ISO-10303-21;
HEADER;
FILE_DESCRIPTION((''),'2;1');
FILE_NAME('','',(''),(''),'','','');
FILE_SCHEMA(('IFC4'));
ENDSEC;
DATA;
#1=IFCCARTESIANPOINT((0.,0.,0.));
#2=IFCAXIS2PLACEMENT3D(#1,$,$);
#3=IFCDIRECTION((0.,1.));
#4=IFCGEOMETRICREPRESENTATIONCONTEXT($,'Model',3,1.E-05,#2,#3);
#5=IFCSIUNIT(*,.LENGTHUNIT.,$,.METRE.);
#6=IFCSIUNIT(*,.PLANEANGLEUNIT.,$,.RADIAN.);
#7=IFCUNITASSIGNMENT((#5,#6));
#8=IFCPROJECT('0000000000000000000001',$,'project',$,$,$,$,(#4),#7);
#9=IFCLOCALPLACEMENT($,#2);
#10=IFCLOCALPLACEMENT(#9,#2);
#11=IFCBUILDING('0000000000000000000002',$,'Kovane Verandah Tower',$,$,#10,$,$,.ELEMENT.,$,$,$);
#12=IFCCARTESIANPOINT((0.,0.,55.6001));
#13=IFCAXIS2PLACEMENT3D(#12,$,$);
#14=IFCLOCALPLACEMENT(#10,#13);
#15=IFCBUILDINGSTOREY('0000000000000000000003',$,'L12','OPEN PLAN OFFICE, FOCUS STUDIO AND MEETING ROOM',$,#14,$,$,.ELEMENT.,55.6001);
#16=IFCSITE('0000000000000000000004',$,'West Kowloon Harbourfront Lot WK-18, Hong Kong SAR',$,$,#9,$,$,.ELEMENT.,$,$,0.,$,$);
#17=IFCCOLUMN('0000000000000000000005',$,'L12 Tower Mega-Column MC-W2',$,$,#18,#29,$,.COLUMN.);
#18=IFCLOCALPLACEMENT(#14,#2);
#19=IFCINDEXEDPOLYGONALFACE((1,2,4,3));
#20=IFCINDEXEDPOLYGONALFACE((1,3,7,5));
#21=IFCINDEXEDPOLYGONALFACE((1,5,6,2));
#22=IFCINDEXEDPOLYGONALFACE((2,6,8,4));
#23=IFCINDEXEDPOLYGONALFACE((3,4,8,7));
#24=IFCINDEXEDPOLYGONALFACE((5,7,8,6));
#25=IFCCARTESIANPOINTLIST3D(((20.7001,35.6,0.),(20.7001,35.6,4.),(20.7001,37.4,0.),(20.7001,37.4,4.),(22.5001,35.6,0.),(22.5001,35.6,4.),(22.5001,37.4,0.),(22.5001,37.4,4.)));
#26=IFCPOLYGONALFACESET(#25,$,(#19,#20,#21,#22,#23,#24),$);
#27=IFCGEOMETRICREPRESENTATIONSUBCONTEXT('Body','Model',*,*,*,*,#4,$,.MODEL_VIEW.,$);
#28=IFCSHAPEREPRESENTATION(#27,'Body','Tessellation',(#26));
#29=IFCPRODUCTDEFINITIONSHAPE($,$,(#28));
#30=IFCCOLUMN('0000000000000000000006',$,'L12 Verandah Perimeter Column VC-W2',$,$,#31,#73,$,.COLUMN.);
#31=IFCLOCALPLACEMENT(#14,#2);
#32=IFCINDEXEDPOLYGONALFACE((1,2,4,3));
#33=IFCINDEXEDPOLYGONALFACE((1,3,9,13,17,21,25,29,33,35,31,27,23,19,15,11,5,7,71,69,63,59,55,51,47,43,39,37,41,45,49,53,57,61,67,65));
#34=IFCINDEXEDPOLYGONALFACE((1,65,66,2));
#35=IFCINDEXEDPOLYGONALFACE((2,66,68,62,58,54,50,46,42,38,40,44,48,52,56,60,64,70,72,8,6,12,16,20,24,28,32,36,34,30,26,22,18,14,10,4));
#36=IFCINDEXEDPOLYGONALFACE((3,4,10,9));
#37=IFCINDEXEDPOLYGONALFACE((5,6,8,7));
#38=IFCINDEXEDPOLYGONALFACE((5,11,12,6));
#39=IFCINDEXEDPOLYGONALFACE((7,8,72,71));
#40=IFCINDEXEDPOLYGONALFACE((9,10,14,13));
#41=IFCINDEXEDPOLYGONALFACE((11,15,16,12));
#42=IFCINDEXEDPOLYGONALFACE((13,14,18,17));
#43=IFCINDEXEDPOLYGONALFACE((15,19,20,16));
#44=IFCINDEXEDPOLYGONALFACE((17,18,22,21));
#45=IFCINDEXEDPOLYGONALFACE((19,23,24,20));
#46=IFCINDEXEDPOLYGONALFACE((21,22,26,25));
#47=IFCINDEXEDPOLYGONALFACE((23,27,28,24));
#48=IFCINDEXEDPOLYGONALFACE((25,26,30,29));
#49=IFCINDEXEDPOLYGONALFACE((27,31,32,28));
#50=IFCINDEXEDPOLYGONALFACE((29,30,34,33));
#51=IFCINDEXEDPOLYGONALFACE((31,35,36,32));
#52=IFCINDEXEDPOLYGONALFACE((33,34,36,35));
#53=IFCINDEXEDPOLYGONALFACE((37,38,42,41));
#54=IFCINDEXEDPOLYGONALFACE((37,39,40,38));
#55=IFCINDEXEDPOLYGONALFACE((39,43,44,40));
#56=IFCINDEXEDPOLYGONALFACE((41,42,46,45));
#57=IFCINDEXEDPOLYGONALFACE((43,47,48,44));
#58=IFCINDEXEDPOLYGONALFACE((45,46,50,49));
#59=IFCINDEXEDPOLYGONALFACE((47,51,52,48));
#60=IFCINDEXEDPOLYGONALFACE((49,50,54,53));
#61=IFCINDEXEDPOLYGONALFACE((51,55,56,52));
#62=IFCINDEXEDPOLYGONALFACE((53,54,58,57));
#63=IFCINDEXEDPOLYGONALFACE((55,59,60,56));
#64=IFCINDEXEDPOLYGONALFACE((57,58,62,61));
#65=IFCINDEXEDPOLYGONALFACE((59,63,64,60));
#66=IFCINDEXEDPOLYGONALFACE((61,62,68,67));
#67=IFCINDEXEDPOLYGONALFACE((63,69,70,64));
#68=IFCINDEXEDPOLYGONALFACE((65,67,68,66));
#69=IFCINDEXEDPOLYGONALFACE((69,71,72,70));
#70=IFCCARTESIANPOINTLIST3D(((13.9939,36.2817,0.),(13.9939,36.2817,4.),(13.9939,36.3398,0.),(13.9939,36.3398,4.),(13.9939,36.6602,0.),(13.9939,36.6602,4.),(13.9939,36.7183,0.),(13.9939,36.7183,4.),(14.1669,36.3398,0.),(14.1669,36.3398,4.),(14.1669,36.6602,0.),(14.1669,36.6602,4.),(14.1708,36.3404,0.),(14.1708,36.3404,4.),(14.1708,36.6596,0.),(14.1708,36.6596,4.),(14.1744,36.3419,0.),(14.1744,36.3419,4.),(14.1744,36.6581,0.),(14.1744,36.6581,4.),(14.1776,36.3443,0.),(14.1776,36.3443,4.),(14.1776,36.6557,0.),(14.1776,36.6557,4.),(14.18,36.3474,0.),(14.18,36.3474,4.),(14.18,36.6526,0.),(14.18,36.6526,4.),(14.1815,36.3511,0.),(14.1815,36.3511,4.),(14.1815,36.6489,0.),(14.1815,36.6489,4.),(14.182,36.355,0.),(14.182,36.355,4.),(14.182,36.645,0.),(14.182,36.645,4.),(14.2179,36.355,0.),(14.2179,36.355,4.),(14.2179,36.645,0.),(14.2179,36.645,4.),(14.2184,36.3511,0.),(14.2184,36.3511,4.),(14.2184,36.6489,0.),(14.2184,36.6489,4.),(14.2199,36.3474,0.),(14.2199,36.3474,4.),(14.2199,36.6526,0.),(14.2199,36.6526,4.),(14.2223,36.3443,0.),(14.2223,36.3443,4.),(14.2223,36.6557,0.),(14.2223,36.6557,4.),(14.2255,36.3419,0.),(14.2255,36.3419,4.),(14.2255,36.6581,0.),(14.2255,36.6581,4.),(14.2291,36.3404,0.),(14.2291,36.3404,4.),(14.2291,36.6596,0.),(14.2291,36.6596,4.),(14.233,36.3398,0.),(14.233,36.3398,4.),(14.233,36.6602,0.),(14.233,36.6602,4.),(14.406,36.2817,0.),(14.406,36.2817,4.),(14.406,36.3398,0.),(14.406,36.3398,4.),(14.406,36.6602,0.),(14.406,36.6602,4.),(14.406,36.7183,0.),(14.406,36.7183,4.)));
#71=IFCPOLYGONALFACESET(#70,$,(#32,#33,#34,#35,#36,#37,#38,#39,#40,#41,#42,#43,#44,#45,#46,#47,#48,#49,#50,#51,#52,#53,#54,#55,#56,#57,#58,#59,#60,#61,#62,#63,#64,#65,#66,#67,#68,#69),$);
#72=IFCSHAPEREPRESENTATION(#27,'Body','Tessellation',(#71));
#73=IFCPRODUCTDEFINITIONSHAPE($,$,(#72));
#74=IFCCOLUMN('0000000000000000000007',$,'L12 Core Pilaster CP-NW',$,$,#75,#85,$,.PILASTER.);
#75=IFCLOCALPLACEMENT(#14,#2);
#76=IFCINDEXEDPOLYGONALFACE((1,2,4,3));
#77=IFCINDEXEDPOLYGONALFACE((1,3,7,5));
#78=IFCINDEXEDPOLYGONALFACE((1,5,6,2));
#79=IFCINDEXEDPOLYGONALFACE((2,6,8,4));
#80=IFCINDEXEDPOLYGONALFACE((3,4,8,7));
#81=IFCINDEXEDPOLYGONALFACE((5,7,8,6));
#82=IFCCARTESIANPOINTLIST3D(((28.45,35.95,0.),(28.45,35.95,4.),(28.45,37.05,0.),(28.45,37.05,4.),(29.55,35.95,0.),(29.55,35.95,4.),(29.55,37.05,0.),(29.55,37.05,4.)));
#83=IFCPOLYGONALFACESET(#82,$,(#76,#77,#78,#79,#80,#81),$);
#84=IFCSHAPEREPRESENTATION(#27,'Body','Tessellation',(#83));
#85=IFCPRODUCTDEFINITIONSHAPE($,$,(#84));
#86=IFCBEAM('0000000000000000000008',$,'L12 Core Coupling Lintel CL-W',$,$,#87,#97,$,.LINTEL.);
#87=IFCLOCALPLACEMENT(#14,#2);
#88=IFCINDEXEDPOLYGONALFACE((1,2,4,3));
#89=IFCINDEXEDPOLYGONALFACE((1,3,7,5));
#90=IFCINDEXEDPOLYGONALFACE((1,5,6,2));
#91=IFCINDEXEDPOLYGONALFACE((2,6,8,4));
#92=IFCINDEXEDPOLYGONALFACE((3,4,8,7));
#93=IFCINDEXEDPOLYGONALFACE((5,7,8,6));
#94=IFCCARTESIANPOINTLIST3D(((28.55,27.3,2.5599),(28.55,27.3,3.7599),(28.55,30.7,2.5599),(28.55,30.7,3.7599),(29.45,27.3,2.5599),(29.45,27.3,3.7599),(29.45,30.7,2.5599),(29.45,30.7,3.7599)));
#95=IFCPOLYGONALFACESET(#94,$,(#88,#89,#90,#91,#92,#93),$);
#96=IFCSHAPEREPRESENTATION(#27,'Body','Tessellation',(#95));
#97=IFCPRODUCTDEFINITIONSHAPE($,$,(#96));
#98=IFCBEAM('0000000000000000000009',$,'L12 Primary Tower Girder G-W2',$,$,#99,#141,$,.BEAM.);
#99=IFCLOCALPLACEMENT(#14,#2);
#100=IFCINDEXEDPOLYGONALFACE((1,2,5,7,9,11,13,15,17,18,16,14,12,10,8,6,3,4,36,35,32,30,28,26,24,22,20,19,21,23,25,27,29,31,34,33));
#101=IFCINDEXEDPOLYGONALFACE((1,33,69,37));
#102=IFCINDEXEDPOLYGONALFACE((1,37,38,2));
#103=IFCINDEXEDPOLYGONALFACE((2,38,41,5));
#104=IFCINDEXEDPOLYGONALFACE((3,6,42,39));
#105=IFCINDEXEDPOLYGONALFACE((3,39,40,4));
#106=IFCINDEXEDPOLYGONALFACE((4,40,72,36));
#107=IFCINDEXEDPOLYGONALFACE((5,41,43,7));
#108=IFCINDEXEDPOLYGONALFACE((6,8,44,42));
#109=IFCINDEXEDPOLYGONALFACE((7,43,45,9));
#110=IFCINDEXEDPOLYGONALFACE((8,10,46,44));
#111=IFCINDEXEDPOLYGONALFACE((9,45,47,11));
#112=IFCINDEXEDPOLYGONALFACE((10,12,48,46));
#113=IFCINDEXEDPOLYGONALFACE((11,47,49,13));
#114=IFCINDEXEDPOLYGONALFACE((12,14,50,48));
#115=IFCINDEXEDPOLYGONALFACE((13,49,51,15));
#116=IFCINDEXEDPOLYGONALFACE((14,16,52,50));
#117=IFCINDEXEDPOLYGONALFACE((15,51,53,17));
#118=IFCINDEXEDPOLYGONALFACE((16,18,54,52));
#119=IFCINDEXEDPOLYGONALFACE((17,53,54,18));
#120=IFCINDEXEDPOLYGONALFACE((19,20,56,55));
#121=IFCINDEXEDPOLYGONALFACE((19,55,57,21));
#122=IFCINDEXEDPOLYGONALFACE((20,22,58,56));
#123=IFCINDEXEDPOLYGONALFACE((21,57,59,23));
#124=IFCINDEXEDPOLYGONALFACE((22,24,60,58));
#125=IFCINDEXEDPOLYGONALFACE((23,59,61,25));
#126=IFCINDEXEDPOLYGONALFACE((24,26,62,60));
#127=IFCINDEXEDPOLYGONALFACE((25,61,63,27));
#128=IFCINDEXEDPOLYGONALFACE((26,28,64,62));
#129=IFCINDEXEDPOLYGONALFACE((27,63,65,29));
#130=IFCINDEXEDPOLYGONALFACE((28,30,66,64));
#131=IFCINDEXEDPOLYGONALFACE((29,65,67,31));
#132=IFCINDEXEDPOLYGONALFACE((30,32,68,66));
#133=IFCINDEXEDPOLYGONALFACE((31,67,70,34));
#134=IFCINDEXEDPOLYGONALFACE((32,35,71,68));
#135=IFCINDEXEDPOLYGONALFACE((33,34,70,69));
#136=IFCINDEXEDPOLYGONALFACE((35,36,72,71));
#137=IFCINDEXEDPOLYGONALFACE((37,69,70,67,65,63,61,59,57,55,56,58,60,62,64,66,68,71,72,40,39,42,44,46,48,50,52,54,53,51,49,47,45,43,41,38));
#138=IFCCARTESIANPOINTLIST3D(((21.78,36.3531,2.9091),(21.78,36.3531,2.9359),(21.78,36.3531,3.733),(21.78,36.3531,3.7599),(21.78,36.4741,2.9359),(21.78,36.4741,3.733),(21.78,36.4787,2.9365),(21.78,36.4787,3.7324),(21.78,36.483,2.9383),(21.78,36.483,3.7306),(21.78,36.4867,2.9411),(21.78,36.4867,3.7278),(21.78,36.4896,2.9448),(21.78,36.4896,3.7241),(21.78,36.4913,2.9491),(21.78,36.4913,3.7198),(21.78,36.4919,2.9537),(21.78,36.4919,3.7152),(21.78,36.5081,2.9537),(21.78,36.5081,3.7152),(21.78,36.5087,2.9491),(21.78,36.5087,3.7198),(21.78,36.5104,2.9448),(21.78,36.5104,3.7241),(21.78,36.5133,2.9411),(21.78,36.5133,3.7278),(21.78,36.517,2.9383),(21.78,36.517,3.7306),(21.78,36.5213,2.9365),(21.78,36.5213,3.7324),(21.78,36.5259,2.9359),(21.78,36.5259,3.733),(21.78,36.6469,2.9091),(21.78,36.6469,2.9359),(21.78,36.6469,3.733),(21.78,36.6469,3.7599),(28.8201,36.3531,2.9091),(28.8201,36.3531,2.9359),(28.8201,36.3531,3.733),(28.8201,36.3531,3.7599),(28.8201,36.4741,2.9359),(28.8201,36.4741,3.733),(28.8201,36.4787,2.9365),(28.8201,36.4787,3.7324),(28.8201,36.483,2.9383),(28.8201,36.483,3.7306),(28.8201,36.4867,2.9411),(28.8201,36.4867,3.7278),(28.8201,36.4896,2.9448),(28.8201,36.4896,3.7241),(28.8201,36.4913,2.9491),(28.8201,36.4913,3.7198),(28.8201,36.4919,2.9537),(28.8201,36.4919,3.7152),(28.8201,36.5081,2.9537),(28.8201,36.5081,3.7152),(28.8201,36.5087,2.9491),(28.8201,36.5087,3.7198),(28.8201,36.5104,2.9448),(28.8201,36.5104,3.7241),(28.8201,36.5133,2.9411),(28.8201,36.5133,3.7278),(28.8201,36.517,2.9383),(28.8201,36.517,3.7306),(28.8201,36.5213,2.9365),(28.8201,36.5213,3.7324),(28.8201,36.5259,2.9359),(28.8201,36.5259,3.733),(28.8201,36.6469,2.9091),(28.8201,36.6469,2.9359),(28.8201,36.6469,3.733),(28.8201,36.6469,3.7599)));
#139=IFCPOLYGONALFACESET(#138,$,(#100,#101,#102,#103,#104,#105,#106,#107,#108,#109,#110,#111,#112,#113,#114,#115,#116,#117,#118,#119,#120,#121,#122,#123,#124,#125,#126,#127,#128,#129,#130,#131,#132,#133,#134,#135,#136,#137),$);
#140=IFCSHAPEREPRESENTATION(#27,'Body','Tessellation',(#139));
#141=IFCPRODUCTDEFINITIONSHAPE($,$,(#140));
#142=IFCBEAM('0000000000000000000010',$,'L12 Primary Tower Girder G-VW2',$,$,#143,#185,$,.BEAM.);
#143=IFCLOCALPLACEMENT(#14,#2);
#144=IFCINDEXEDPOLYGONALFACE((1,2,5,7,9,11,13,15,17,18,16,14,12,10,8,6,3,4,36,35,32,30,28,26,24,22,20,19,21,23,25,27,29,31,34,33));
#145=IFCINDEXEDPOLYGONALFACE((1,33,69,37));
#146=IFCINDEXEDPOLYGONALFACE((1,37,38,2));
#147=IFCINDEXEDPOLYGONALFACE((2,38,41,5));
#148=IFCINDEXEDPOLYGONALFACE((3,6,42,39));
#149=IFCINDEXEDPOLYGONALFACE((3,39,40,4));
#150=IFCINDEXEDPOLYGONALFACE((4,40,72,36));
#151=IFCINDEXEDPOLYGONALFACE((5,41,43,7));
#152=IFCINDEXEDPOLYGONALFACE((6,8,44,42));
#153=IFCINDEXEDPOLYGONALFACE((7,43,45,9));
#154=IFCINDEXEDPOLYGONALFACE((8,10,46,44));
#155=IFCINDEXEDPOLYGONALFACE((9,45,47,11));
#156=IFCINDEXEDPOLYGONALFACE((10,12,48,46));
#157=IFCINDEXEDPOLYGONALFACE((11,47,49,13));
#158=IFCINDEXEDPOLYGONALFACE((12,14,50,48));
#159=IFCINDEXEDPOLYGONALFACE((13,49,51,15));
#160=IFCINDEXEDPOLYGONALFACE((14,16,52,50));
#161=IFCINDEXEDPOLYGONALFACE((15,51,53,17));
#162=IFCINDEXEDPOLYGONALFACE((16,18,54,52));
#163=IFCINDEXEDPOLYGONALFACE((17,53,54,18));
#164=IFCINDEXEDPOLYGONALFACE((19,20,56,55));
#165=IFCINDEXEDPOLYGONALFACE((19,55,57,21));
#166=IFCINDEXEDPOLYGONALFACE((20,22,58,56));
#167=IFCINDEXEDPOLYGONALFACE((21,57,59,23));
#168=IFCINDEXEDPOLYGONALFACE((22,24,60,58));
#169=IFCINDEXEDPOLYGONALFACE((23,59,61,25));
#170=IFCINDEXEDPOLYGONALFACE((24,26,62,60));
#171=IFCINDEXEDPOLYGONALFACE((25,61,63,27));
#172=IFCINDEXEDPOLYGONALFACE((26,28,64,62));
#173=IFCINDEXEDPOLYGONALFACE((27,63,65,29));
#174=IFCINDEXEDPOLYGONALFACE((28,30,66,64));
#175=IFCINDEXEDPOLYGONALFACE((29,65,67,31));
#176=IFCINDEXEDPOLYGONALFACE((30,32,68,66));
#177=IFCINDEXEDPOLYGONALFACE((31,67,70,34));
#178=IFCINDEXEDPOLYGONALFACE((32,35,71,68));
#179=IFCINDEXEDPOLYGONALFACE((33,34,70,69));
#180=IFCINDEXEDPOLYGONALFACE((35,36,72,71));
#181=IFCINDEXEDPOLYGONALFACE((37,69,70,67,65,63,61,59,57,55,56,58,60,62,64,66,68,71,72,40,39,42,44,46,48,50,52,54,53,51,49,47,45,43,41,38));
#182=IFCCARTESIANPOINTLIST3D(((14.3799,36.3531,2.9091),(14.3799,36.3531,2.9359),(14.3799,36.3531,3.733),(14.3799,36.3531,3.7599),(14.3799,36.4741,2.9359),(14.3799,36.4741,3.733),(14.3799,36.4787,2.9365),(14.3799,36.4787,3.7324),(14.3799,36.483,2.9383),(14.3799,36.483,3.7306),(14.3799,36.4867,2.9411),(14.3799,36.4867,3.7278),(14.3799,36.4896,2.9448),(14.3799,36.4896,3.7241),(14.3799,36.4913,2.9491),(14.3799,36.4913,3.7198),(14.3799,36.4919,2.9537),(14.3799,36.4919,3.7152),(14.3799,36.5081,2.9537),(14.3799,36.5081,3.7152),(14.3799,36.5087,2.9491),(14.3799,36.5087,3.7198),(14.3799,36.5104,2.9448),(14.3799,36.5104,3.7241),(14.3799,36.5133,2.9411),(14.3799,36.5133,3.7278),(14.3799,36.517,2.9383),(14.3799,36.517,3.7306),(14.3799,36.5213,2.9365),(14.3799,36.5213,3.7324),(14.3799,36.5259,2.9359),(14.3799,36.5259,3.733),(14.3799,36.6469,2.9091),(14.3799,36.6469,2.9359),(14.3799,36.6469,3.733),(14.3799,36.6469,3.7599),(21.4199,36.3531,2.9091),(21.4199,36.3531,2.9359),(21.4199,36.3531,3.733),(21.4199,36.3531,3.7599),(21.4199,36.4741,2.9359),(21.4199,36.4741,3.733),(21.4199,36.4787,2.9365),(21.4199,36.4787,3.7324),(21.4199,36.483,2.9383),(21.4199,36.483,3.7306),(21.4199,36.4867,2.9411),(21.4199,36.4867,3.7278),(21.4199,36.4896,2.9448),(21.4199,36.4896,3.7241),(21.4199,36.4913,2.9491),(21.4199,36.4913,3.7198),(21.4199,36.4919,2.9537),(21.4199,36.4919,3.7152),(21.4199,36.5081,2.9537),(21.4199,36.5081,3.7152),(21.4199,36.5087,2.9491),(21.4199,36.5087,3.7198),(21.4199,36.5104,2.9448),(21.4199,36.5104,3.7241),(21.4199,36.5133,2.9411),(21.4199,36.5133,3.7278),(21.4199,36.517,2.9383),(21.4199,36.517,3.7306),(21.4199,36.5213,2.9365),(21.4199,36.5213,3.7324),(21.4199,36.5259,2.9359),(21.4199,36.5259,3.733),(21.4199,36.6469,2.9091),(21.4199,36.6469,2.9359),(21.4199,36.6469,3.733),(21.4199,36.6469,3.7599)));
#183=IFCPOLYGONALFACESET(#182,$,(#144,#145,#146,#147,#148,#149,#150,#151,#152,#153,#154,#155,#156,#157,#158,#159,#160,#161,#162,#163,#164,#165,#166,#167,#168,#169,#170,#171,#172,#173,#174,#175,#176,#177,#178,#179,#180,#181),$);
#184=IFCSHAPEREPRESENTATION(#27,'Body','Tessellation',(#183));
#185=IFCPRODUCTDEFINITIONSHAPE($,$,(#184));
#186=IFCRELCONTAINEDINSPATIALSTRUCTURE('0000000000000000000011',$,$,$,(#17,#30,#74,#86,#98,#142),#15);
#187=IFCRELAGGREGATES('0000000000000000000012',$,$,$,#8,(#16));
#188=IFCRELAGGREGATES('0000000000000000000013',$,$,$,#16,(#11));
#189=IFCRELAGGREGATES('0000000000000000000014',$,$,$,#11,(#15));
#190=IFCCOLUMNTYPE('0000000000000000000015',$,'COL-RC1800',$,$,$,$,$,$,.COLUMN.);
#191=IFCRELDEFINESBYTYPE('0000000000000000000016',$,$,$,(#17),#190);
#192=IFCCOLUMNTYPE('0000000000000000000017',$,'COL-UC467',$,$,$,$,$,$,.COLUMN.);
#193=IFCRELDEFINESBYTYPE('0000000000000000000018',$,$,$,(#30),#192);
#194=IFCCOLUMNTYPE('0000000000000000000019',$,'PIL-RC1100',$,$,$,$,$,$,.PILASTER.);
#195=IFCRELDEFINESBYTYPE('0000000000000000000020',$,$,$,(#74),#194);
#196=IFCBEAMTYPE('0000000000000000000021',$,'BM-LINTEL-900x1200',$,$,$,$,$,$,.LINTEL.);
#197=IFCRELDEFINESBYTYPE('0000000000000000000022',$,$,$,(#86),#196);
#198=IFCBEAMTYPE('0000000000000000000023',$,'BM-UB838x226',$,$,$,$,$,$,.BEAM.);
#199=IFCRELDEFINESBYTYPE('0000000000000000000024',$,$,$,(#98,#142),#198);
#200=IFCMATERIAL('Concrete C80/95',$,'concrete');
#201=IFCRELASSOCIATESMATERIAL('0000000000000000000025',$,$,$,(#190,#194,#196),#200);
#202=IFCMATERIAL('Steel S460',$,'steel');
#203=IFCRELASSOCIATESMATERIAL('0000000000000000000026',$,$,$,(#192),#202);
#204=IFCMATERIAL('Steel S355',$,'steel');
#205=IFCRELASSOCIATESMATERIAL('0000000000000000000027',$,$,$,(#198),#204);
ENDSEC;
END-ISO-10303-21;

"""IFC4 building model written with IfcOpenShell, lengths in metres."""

from ifc_helpers import new_model, si_unit, direction, frame, origin, origin_2d, place, context, subcontext, project, spatial, rectangle, i_section, extrude, material, material_profile, profile_set, type_object, element, save


model = new_model("IFC4")

# Units and contexts
model_context = context("Model", 3, precision=1e-05, world=origin(), true_north=direction((0.0, 1.0)))
body_context = subcontext(model_context, "Body", "Model", "MODEL_VIEW")
ifc_project = project(units=[si_unit("LENGTHUNIT", "METRE"), si_unit("PLANEANGLEUNIT", "RADIAN")], contexts=[model_context])

# Site, building, storey
site_placement = place(None, origin())
site = spatial("IfcSite", under=ifc_project, at=site_placement, Name="West Kowloon Harbourfront Lot WK-18, Hong Kong SAR", CompositionType="ELEMENT", RefElevation=0.0)
building_placement = place(site_placement, origin())
building = spatial("IfcBuilding", under=site, at=building_placement, Name="Kovane Verandah Tower", CompositionType="ELEMENT")
storey_placement = place(building_placement, frame((0.0, 0.0, 55.6001)))
storey = spatial("IfcBuildingStorey", under=building, at=storey_placement, Name="L12", Description="OPEN PLAN OFFICE, FOCUS STUDIO AND MEETING ROOM", CompositionType="ELEMENT", Elevation=55.6001)

# Columns
ifc_material_1 = material(Name="Concrete C80/95", Category="concrete")
ifc_material_profile_1 = material_profile(ifc_material_1, rectangle(XDim=1.8, YDim=1.8, at=origin_2d()), Name="RC1800x1800")
ifc_profile_set_1 = profile_set([ifc_material_profile_1], Name="Concrete C80/95")
column_type_1 = type_object("IfcColumnType", Name="COL-RC1800", PredefinedType="COLUMN", material=ifc_profile_set_1)
column_1_placement = place(storey_placement, frame((21.6001, 36.5, 0.0), z_axis=(0.0, 0.0, 1.0), x_axis=(1.0, 0.0, 0.0)))
element("IfcColumn", 1, at=column_1_placement, inside=storey, type_object=column_type_1, Name="L12 Tower Mega-Column MC-W2", PredefinedType="COLUMN", context=body_context, shape_type="SweptSolid", body=[
    extrude(rectangle(XDim=1.8, YDim=1.8, at=origin_2d()), origin(), (0.0, 0.0, 1.0), 4.0),
])
ifc_material_2 = material(Name="Steel S460", Category="steel")
ifc_material_profile_2 = material_profile(ifc_material_2, i_section(OverallWidth=0.4121, OverallDepth=0.4365, WebThickness=0.0359, FlangeThickness=0.0581, FilletRadius=0.0151, at=origin_2d()), Name="UC356x406x467")
ifc_profile_set_2 = profile_set([ifc_material_profile_2], Name="Steel S460")
column_type_2 = type_object("IfcColumnType", Name="COL-UC467", PredefinedType="COLUMN", material=ifc_profile_set_2)
column_2_placement = place(storey_placement, frame((14.2, 36.5, 0.0), z_axis=(0.0, 0.0, 1.0), x_axis=(1.0, 0.0, 0.0)))
element("IfcColumn", 2, at=column_2_placement, inside=storey, type_object=column_type_2, Name="L12 Verandah Perimeter Column VC-W2", PredefinedType="COLUMN", context=body_context, shape_type="SweptSolid", body=[
    extrude(i_section(OverallWidth=0.4121, OverallDepth=0.4365, WebThickness=0.0359, FlangeThickness=0.0581, FilletRadius=0.0151, at=origin_2d()), origin(), (0.0, 0.0, 1.0), 4.0),
])
ifc_material_profile_3 = material_profile(ifc_material_1, rectangle(XDim=1.1001, YDim=1.1001, at=origin_2d()), Name="RC1100x1100")
ifc_profile_set_3 = profile_set([ifc_material_profile_3], Name="Concrete C80/95")
column_type_3 = type_object("IfcColumnType", Name="PIL-RC1100", PredefinedType="PILASTER", material=ifc_profile_set_3)
column_3_placement = place(storey_placement, frame((29.0, 36.5, 0.0), z_axis=(0.0, 0.0, 1.0), x_axis=(1.0, 0.0, 0.0)))
element("IfcColumn", 3, at=column_3_placement, inside=storey, type_object=column_type_3, Name="L12 Core Pilaster CP-NW", PredefinedType="PILASTER", context=body_context, shape_type="SweptSolid", body=[
    extrude(rectangle(XDim=1.1001, YDim=1.1001, at=origin_2d()), origin(), (0.0, 0.0, 1.0), 4.0),
])

# Beams
ifc_material_profile_4 = material_profile(ifc_material_1, rectangle(XDim=0.8999, YDim=1.2, at=origin_2d()), Name="RCB900x1200")
ifc_profile_set_4 = profile_set([ifc_material_profile_4], Name="Concrete C80/95")
beam_type_1 = type_object("IfcBeamType", Name="BM-LINTEL-900x1200", PredefinedType="LINTEL", material=ifc_profile_set_4)
beam_1_placement = place(storey_placement, frame((29.0, 27.3, 3.1599), z_axis=(0.0, 1.0, 0.0), x_axis=(-1.0, 0.0, 0.0)))
element("IfcBeam", 4, at=beam_1_placement, inside=storey, type_object=beam_type_1, Name="L12 Core Coupling Lintel CL-W", PredefinedType="LINTEL", context=body_context, shape_type="SweptSolid", body=[
    extrude(rectangle(XDim=0.8999, YDim=1.2, at=origin_2d()), origin(), (0.0, 0.0, 1.0), 3.3999),
])
ifc_material_3 = material(Name="Steel S355", Category="steel")
ifc_material_profile_5 = material_profile(ifc_material_3, i_section(OverallWidth=0.2937, OverallDepth=0.8508, WebThickness=0.0161, FlangeThickness=0.0269, FilletRadius=0.0178, at=origin_2d()), Name="UB838x292x226")
ifc_profile_set_5 = profile_set([ifc_material_profile_5], Name="Steel S355")
beam_type_2 = type_object("IfcBeamType", Name="BM-UB838x226", PredefinedType="BEAM", material=ifc_profile_set_5)
for number, where, z_axis, x_axis, name in (
    (5, (28.8201, 36.5, 3.3345), (-1.0, 0.0, 0.0), (0.0, -1.0, 0.0), "L12 Primary Tower Girder G-W2"),
    (6, (21.4199, 36.5, 3.3345), (-1.0, 0.0, 0.0), (0.0, -1.0, 0.0), "L12 Primary Tower Girder G-VW2"),
):
    element("IfcBeam", number, at=place(storey_placement, frame(where, z_axis=z_axis, x_axis=x_axis)), inside=storey, type_object=beam_type_2, Name=name, PredefinedType="BEAM", context=body_context, shape_type="SweptSolid", body=[
        extrude(i_section(OverallWidth=0.2937, OverallDepth=0.8508, WebThickness=0.0161, FlangeThickness=0.0269, FilletRadius=0.0178, at=origin_2d()), origin(), (0.0, 0.0, 1.0), 7.04),
    ])

save(model, "model.ifc")
